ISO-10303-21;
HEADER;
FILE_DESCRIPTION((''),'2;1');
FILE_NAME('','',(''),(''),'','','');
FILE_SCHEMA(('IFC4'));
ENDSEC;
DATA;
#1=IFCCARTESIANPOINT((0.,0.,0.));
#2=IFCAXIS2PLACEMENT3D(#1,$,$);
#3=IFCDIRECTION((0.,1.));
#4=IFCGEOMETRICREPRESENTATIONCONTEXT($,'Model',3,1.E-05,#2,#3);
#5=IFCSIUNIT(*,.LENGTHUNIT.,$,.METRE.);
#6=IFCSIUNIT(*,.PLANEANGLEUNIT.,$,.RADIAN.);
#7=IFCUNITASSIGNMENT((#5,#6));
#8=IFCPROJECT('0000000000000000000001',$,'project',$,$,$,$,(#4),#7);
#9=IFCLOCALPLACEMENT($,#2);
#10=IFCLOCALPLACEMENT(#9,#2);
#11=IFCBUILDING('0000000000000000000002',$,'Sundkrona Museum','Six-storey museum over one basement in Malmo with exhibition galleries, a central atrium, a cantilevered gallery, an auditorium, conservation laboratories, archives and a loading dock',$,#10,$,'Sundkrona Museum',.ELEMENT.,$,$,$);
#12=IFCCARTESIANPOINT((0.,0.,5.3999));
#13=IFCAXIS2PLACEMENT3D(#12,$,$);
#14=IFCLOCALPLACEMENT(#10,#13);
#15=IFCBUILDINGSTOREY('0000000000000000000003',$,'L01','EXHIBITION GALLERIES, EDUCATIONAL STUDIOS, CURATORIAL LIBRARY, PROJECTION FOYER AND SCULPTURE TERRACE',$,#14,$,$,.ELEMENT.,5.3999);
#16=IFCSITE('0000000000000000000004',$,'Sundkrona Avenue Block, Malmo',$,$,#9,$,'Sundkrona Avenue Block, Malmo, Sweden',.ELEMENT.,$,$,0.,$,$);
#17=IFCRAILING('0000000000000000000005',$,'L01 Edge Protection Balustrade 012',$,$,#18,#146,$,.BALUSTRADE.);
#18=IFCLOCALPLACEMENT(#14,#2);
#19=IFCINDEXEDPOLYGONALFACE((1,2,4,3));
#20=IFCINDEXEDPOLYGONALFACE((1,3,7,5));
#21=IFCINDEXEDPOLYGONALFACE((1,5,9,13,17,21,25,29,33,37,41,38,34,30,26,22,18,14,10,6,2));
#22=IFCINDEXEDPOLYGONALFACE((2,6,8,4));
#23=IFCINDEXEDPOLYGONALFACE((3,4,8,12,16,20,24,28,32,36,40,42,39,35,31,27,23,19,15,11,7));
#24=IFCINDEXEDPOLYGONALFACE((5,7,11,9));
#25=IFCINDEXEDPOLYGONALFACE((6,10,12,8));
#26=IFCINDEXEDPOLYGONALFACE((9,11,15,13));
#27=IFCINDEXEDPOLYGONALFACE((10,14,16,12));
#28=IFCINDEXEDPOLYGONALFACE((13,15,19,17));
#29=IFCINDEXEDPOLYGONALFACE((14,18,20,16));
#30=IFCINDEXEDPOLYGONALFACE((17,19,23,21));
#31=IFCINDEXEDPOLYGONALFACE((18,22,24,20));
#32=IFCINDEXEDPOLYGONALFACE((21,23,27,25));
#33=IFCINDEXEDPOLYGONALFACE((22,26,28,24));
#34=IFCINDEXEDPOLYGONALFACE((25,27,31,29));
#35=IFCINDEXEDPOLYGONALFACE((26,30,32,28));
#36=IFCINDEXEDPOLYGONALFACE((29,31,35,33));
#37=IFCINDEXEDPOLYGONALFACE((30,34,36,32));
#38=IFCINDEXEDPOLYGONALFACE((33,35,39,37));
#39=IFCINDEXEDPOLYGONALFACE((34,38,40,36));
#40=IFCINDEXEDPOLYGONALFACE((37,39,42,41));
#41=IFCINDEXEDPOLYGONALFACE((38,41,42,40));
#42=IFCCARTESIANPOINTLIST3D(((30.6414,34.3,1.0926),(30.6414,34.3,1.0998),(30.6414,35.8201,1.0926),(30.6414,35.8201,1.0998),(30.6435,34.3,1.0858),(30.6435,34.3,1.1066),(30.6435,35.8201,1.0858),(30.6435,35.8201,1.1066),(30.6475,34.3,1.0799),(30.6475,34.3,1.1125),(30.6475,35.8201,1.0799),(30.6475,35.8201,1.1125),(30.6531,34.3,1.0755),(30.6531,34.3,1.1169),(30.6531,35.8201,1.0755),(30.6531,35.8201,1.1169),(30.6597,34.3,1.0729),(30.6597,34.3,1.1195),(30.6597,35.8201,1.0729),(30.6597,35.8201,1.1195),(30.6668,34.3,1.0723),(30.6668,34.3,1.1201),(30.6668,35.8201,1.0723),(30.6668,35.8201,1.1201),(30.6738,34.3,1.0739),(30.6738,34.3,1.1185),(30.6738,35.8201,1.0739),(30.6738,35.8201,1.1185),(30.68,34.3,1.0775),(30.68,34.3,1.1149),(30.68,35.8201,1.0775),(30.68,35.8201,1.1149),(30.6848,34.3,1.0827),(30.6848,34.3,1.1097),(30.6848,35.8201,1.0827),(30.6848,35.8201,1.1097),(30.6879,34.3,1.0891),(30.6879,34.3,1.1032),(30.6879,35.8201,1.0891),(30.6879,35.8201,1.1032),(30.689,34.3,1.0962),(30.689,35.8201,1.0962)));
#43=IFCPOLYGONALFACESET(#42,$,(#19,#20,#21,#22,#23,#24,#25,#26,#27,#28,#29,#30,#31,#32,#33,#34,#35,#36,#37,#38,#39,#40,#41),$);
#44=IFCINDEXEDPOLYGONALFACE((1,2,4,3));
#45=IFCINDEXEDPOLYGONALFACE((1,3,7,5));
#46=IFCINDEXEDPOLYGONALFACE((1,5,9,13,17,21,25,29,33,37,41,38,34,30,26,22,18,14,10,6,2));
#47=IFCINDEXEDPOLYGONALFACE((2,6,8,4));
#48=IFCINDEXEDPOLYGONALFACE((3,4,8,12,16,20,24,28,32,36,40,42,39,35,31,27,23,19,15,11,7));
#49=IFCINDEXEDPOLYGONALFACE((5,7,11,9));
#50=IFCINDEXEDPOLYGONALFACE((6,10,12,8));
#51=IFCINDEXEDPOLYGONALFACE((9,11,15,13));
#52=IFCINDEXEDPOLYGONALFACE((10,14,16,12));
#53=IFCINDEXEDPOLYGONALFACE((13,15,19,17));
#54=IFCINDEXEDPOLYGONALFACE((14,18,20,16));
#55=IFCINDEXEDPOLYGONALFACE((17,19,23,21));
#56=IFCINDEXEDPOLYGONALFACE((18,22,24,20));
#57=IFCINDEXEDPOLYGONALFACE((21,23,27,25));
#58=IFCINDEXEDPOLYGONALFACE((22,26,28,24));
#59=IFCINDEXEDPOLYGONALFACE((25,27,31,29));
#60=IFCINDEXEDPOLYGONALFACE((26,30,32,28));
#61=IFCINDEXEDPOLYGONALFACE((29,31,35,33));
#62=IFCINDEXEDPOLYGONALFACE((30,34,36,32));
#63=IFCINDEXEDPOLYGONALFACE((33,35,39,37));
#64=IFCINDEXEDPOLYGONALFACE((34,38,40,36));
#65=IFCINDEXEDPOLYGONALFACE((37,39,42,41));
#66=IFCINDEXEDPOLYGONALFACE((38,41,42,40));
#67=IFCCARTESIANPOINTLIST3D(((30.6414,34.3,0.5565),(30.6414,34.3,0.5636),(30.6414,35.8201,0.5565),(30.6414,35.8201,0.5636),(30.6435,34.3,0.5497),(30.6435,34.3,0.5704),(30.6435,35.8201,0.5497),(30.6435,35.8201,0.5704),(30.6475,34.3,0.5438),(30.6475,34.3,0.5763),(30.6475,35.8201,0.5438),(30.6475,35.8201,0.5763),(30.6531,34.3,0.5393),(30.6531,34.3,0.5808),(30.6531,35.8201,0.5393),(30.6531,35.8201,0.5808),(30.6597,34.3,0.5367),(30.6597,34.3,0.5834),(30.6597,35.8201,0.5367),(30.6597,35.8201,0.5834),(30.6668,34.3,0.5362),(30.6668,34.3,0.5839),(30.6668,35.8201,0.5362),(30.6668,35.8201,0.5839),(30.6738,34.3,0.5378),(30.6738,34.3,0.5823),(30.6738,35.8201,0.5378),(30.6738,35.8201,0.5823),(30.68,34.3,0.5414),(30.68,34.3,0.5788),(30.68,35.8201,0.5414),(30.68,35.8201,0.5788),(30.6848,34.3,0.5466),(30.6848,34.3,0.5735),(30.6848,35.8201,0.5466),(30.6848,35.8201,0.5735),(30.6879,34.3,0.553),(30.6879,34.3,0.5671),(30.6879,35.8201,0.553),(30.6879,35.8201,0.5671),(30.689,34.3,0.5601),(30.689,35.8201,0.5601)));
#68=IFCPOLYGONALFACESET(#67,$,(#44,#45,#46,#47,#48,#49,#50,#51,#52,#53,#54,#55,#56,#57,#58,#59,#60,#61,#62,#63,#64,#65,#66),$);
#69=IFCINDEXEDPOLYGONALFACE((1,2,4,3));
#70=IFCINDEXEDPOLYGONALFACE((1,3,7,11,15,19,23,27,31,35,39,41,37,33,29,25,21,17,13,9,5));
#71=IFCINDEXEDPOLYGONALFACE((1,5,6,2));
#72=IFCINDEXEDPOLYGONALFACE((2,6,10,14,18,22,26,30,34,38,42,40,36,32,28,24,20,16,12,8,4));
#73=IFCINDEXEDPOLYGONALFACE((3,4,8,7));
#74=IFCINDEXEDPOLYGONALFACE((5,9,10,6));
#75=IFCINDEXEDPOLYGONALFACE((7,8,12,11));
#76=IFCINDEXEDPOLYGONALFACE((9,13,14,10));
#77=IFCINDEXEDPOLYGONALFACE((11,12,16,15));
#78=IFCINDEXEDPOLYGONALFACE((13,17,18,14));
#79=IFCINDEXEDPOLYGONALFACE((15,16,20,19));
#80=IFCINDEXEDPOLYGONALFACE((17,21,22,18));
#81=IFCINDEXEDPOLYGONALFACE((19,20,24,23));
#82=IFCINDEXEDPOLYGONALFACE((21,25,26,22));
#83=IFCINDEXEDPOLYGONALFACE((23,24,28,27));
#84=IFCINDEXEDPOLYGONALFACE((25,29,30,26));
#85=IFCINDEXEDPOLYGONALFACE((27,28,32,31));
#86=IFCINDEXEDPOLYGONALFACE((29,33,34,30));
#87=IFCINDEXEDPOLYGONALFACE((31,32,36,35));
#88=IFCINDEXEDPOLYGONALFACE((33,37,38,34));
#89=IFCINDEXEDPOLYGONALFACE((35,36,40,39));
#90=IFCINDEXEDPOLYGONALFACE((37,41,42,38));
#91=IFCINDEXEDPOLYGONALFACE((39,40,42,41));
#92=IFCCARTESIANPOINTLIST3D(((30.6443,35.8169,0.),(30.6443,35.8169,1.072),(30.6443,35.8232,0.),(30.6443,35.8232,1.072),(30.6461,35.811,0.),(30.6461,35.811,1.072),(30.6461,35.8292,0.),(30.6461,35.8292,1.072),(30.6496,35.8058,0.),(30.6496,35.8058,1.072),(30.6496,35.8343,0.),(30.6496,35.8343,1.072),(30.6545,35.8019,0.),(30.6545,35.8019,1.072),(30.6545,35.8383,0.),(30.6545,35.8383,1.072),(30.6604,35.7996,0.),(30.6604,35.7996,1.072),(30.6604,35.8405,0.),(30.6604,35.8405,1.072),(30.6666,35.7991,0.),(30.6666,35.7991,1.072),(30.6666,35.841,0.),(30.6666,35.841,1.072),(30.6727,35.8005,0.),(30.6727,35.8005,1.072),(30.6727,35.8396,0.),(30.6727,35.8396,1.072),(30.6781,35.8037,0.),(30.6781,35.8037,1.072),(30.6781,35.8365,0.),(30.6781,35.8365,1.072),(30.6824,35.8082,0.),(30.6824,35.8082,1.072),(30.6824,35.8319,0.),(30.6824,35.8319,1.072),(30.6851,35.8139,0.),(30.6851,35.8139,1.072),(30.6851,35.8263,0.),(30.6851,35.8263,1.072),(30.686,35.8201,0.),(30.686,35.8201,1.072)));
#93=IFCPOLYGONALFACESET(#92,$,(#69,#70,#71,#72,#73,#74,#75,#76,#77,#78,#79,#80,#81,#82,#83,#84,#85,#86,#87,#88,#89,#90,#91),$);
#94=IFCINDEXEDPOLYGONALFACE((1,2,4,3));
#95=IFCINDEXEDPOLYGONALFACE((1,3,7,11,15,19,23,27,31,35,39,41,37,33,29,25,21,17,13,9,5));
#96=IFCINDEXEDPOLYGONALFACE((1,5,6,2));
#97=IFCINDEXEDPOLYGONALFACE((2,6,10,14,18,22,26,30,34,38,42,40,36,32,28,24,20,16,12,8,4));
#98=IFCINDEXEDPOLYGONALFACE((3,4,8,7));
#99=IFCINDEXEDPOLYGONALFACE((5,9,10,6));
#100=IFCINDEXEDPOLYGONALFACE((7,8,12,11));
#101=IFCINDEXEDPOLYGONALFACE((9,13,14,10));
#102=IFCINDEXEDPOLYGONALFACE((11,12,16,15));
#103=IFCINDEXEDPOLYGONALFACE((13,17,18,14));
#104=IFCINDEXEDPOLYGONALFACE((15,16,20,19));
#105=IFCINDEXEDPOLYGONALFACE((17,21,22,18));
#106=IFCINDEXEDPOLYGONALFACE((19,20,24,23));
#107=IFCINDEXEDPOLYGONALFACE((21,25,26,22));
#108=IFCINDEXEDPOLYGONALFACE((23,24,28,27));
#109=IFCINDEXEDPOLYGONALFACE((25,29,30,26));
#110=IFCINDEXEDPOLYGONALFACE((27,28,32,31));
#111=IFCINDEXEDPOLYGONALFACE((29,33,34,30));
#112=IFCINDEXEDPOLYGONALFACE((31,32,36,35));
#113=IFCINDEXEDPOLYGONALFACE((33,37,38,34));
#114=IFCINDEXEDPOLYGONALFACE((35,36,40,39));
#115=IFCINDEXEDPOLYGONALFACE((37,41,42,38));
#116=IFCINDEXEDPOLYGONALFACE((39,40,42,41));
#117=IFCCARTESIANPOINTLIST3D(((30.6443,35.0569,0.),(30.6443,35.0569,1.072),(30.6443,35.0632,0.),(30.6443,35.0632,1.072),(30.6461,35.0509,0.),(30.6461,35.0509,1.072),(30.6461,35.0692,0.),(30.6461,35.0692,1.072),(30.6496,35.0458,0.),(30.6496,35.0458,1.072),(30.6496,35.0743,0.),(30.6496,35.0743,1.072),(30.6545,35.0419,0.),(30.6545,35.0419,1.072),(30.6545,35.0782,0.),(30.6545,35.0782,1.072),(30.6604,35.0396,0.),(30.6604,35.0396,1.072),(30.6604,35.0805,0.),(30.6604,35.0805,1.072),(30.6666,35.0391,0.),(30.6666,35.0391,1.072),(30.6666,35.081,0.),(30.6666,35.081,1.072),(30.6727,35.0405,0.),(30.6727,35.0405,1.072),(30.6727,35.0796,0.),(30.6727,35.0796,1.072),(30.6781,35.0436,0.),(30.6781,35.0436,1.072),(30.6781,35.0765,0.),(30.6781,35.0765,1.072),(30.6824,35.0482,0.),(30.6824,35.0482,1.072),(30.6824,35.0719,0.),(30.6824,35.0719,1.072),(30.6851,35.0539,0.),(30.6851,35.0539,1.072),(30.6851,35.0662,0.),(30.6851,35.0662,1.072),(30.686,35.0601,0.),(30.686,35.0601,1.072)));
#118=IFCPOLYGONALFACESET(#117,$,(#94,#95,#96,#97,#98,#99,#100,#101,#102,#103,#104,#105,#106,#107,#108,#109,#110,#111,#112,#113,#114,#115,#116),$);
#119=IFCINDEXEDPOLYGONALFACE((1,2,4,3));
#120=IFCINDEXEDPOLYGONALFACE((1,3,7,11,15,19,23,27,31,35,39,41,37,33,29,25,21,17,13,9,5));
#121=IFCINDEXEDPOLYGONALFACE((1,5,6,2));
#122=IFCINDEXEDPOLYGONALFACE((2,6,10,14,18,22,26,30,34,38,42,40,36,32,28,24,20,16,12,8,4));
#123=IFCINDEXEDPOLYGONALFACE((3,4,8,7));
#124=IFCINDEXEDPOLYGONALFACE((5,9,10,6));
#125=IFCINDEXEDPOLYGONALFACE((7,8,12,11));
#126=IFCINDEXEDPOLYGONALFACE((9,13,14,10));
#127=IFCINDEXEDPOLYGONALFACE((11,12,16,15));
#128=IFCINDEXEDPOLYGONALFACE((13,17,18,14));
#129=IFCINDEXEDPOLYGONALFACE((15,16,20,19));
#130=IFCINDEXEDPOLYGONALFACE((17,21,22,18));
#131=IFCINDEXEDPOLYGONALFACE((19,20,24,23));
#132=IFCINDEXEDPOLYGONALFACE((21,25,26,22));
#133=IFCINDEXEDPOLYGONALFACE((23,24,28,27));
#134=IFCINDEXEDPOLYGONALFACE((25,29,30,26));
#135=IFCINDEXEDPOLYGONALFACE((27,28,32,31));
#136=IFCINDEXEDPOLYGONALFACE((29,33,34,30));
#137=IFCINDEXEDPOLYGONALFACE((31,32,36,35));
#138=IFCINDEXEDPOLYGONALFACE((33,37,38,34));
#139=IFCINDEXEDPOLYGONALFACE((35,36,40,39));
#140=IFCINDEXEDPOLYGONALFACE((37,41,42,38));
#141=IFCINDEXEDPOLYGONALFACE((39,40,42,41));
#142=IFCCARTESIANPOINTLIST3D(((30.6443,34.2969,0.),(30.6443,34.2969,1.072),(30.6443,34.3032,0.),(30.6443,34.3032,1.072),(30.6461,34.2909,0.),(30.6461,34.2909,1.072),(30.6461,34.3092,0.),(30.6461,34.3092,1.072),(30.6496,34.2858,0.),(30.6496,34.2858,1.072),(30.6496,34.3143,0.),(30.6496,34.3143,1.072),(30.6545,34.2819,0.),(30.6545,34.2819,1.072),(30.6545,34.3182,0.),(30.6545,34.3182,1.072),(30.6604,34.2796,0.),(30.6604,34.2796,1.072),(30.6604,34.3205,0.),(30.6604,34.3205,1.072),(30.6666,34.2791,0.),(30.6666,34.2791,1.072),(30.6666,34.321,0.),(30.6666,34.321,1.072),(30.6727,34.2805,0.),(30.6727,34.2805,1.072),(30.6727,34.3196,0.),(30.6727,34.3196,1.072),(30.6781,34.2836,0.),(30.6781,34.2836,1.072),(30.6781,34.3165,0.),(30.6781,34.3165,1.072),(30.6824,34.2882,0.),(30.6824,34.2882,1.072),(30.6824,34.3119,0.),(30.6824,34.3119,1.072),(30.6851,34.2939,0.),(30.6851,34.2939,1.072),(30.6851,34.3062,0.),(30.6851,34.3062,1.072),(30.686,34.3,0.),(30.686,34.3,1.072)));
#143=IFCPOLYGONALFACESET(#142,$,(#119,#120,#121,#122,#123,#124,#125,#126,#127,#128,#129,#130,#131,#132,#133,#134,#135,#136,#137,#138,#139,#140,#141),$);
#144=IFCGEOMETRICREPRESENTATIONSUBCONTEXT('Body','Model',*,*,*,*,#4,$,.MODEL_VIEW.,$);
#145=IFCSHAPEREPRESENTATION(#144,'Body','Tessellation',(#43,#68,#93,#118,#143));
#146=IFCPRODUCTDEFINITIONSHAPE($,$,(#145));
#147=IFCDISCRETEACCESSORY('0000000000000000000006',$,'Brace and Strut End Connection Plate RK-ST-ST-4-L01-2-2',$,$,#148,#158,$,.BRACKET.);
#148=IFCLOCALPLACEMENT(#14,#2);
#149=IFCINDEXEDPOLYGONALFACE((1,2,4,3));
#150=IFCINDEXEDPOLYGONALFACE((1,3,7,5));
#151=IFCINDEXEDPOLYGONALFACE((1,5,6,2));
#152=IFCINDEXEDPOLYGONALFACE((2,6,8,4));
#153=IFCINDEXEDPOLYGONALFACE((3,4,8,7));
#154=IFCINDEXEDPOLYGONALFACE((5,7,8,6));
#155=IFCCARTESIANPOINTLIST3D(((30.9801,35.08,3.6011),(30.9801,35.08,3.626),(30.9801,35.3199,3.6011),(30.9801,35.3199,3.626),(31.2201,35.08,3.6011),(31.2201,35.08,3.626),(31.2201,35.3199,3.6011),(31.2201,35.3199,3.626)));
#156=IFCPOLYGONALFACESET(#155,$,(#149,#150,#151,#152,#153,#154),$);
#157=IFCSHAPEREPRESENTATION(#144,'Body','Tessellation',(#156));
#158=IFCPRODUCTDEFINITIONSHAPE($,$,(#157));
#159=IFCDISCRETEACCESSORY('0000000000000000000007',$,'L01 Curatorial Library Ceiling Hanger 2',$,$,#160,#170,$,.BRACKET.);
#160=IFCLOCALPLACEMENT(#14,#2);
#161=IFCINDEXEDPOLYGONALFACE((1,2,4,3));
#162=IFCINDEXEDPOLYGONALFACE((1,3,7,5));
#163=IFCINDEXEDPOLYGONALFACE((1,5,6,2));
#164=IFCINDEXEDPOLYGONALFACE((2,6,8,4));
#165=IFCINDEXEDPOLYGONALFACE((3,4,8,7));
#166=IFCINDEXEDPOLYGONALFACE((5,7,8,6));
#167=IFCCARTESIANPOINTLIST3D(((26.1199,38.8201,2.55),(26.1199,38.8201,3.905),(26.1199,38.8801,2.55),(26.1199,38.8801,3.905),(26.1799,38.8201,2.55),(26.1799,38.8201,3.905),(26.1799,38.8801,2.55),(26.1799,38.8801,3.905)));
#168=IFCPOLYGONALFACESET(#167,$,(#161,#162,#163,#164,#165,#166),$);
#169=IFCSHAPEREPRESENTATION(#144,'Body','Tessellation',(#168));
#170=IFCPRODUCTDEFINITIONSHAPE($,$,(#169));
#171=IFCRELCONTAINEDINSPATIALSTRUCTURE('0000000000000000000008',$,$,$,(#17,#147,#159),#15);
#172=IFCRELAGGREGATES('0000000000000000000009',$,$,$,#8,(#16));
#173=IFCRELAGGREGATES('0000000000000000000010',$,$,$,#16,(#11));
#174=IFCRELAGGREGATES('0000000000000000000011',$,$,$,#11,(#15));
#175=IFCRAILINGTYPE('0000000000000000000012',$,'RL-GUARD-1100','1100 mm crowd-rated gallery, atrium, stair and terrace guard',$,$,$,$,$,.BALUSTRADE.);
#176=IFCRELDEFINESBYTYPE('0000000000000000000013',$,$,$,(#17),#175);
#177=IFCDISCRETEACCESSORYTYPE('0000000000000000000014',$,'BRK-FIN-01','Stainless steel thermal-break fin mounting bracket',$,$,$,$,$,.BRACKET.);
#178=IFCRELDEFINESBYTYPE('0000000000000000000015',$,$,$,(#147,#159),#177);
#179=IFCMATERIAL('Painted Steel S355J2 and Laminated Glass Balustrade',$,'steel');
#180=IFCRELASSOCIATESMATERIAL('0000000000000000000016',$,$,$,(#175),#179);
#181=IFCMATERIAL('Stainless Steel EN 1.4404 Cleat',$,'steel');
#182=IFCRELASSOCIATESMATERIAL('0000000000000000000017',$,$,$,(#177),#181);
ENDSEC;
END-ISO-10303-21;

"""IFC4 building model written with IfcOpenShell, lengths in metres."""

from ifc_helpers import new_model, si_unit, direction, frame, origin, origin_2d, place, context, subcontext, project, spatial, rectangle, circle, extrude, material, type_object, element, save


model = new_model("IFC4")

# Units and contexts
model_context = context("Model", 3, precision=1e-05, world=origin(), true_north=direction((0.0, 1.0)))
body_context = subcontext(model_context, "Body", "Model", "MODEL_VIEW")
ifc_project = project(units=[si_unit("LENGTHUNIT", "METRE"), si_unit("PLANEANGLEUNIT", "RADIAN")], contexts=[model_context])

# Site, building, storey
site_placement = place(None, origin())
site = spatial("IfcSite", under=ifc_project, at=site_placement, Name="Sundkrona Avenue Block, Malmo", LongName="Sundkrona Avenue Block, Malmo, Sweden", CompositionType="ELEMENT", RefElevation=0.0)
building_placement = place(site_placement, origin())
building = spatial("IfcBuilding", under=site, at=building_placement, Name="Sundkrona Museum", Description="Six-storey museum over one basement in Malmo with exhibition galleries, a central atrium, a cantilevered gallery, an auditorium, conservation laboratories, archives and a loading dock", LongName="Sundkrona Museum", CompositionType="ELEMENT")
storey_placement = place(building_placement, frame((0.0, 0.0, 5.3999)))
storey = spatial("IfcBuildingStorey", under=building, at=storey_placement, Name="L01", Description="EXHIBITION GALLERIES, EDUCATIONAL STUDIOS, CURATORIAL LIBRARY, PROJECTION FOYER AND SCULPTURE TERRACE", CompositionType="ELEMENT", Elevation=5.3999)

# Railing
ifc_material_1 = material(Name="Painted Steel S355J2 and Laminated Glass Balustrade", Category="steel")
railing_type = type_object("IfcRailingType", Name="RL-GUARD-1100", Description="1100 mm crowd-rated gallery, atrium, stair and terrace guard", PredefinedType="BALUSTRADE", material=ifc_material_1)
for number, where, name in (
    (1, (30.665, 35.8201, 0.0), "L01 Edge Protection Balustrade 012"),
):
    element("IfcRailing", number, at=place(storey_placement, frame(where)), inside=storey, type_object=railing_type, Name=name, PredefinedType="BALUSTRADE", context=body_context, shape_type="SweptSolid", body=[
        extrude(circle(Radius=0.0239, at=origin_2d()), frame((0.0, 0.0, 1.0962), z_axis=(0.0, -1.0, 0.0), x_axis=(1.0, 0.0, 0.0)), (0.0, 0.0, 1.0), 1.52),
        extrude(circle(Radius=0.0239, at=origin_2d()), frame((0.0, 0.0, 0.5601), z_axis=(0.0, -1.0, 0.0), x_axis=(1.0, 0.0, 0.0)), (0.0, 0.0, 1.0), 1.52),
        extrude(circle(Radius=0.021, at=origin_2d()), origin(), (0.0, 0.0, 1.0), 1.072),
        extrude(circle(Radius=0.021, at=origin_2d()), frame((0.0, -0.76, 0.0)), (0.0, 0.0, 1.0), 1.072),
        extrude(circle(Radius=0.021, at=origin_2d()), frame((0.0, -1.52, 0.0)), (0.0, 0.0, 1.0), 1.072),
    ])

# Discrete accessories
ifc_material_2 = material(Name="Stainless Steel EN 1.4404 Cleat", Category="steel")
discrete_accessory_type = type_object("IfcDiscreteAccessoryType", Name="BRK-FIN-01", Description="Stainless steel thermal-break fin mounting bracket", PredefinedType="BRACKET", material=ifc_material_2)
discrete_accessory_1_placement = place(storey_placement, frame((31.1001, 35.2, 3.6011), z_axis=(0.0, 0.0, 1.0), x_axis=(1.0, 0.0, 0.0)))
element("IfcDiscreteAccessory", 2, at=discrete_accessory_1_placement, inside=storey, type_object=discrete_accessory_type, Name="Brace and Strut End Connection Plate RK-ST-ST-4-L01-2-2", PredefinedType="BRACKET", context=body_context, shape_type="SweptSolid", body=[
    extrude(rectangle(XDim=0.24, YDim=0.24, at=origin_2d()), origin(), (0.0, 0.0, 1.0), 0.0249),
])
discrete_accessory_2_placement = place(storey_placement, frame((26.1499, 38.8501, 2.55), z_axis=(0.0, 0.0, 1.0), x_axis=(1.0, 0.0, 0.0)))
element("IfcDiscreteAccessory", 3, at=discrete_accessory_2_placement, inside=storey, type_object=discrete_accessory_type, Name="L01 Curatorial Library Ceiling Hanger 2", PredefinedType="BRACKET", context=body_context, shape_type="SweptSolid", body=[
    extrude(rectangle(XDim=0.0601, YDim=0.0601, at=origin_2d()), origin(), (0.0, 0.0, 1.0), 1.355),
])

save(model, "model.ifc")
